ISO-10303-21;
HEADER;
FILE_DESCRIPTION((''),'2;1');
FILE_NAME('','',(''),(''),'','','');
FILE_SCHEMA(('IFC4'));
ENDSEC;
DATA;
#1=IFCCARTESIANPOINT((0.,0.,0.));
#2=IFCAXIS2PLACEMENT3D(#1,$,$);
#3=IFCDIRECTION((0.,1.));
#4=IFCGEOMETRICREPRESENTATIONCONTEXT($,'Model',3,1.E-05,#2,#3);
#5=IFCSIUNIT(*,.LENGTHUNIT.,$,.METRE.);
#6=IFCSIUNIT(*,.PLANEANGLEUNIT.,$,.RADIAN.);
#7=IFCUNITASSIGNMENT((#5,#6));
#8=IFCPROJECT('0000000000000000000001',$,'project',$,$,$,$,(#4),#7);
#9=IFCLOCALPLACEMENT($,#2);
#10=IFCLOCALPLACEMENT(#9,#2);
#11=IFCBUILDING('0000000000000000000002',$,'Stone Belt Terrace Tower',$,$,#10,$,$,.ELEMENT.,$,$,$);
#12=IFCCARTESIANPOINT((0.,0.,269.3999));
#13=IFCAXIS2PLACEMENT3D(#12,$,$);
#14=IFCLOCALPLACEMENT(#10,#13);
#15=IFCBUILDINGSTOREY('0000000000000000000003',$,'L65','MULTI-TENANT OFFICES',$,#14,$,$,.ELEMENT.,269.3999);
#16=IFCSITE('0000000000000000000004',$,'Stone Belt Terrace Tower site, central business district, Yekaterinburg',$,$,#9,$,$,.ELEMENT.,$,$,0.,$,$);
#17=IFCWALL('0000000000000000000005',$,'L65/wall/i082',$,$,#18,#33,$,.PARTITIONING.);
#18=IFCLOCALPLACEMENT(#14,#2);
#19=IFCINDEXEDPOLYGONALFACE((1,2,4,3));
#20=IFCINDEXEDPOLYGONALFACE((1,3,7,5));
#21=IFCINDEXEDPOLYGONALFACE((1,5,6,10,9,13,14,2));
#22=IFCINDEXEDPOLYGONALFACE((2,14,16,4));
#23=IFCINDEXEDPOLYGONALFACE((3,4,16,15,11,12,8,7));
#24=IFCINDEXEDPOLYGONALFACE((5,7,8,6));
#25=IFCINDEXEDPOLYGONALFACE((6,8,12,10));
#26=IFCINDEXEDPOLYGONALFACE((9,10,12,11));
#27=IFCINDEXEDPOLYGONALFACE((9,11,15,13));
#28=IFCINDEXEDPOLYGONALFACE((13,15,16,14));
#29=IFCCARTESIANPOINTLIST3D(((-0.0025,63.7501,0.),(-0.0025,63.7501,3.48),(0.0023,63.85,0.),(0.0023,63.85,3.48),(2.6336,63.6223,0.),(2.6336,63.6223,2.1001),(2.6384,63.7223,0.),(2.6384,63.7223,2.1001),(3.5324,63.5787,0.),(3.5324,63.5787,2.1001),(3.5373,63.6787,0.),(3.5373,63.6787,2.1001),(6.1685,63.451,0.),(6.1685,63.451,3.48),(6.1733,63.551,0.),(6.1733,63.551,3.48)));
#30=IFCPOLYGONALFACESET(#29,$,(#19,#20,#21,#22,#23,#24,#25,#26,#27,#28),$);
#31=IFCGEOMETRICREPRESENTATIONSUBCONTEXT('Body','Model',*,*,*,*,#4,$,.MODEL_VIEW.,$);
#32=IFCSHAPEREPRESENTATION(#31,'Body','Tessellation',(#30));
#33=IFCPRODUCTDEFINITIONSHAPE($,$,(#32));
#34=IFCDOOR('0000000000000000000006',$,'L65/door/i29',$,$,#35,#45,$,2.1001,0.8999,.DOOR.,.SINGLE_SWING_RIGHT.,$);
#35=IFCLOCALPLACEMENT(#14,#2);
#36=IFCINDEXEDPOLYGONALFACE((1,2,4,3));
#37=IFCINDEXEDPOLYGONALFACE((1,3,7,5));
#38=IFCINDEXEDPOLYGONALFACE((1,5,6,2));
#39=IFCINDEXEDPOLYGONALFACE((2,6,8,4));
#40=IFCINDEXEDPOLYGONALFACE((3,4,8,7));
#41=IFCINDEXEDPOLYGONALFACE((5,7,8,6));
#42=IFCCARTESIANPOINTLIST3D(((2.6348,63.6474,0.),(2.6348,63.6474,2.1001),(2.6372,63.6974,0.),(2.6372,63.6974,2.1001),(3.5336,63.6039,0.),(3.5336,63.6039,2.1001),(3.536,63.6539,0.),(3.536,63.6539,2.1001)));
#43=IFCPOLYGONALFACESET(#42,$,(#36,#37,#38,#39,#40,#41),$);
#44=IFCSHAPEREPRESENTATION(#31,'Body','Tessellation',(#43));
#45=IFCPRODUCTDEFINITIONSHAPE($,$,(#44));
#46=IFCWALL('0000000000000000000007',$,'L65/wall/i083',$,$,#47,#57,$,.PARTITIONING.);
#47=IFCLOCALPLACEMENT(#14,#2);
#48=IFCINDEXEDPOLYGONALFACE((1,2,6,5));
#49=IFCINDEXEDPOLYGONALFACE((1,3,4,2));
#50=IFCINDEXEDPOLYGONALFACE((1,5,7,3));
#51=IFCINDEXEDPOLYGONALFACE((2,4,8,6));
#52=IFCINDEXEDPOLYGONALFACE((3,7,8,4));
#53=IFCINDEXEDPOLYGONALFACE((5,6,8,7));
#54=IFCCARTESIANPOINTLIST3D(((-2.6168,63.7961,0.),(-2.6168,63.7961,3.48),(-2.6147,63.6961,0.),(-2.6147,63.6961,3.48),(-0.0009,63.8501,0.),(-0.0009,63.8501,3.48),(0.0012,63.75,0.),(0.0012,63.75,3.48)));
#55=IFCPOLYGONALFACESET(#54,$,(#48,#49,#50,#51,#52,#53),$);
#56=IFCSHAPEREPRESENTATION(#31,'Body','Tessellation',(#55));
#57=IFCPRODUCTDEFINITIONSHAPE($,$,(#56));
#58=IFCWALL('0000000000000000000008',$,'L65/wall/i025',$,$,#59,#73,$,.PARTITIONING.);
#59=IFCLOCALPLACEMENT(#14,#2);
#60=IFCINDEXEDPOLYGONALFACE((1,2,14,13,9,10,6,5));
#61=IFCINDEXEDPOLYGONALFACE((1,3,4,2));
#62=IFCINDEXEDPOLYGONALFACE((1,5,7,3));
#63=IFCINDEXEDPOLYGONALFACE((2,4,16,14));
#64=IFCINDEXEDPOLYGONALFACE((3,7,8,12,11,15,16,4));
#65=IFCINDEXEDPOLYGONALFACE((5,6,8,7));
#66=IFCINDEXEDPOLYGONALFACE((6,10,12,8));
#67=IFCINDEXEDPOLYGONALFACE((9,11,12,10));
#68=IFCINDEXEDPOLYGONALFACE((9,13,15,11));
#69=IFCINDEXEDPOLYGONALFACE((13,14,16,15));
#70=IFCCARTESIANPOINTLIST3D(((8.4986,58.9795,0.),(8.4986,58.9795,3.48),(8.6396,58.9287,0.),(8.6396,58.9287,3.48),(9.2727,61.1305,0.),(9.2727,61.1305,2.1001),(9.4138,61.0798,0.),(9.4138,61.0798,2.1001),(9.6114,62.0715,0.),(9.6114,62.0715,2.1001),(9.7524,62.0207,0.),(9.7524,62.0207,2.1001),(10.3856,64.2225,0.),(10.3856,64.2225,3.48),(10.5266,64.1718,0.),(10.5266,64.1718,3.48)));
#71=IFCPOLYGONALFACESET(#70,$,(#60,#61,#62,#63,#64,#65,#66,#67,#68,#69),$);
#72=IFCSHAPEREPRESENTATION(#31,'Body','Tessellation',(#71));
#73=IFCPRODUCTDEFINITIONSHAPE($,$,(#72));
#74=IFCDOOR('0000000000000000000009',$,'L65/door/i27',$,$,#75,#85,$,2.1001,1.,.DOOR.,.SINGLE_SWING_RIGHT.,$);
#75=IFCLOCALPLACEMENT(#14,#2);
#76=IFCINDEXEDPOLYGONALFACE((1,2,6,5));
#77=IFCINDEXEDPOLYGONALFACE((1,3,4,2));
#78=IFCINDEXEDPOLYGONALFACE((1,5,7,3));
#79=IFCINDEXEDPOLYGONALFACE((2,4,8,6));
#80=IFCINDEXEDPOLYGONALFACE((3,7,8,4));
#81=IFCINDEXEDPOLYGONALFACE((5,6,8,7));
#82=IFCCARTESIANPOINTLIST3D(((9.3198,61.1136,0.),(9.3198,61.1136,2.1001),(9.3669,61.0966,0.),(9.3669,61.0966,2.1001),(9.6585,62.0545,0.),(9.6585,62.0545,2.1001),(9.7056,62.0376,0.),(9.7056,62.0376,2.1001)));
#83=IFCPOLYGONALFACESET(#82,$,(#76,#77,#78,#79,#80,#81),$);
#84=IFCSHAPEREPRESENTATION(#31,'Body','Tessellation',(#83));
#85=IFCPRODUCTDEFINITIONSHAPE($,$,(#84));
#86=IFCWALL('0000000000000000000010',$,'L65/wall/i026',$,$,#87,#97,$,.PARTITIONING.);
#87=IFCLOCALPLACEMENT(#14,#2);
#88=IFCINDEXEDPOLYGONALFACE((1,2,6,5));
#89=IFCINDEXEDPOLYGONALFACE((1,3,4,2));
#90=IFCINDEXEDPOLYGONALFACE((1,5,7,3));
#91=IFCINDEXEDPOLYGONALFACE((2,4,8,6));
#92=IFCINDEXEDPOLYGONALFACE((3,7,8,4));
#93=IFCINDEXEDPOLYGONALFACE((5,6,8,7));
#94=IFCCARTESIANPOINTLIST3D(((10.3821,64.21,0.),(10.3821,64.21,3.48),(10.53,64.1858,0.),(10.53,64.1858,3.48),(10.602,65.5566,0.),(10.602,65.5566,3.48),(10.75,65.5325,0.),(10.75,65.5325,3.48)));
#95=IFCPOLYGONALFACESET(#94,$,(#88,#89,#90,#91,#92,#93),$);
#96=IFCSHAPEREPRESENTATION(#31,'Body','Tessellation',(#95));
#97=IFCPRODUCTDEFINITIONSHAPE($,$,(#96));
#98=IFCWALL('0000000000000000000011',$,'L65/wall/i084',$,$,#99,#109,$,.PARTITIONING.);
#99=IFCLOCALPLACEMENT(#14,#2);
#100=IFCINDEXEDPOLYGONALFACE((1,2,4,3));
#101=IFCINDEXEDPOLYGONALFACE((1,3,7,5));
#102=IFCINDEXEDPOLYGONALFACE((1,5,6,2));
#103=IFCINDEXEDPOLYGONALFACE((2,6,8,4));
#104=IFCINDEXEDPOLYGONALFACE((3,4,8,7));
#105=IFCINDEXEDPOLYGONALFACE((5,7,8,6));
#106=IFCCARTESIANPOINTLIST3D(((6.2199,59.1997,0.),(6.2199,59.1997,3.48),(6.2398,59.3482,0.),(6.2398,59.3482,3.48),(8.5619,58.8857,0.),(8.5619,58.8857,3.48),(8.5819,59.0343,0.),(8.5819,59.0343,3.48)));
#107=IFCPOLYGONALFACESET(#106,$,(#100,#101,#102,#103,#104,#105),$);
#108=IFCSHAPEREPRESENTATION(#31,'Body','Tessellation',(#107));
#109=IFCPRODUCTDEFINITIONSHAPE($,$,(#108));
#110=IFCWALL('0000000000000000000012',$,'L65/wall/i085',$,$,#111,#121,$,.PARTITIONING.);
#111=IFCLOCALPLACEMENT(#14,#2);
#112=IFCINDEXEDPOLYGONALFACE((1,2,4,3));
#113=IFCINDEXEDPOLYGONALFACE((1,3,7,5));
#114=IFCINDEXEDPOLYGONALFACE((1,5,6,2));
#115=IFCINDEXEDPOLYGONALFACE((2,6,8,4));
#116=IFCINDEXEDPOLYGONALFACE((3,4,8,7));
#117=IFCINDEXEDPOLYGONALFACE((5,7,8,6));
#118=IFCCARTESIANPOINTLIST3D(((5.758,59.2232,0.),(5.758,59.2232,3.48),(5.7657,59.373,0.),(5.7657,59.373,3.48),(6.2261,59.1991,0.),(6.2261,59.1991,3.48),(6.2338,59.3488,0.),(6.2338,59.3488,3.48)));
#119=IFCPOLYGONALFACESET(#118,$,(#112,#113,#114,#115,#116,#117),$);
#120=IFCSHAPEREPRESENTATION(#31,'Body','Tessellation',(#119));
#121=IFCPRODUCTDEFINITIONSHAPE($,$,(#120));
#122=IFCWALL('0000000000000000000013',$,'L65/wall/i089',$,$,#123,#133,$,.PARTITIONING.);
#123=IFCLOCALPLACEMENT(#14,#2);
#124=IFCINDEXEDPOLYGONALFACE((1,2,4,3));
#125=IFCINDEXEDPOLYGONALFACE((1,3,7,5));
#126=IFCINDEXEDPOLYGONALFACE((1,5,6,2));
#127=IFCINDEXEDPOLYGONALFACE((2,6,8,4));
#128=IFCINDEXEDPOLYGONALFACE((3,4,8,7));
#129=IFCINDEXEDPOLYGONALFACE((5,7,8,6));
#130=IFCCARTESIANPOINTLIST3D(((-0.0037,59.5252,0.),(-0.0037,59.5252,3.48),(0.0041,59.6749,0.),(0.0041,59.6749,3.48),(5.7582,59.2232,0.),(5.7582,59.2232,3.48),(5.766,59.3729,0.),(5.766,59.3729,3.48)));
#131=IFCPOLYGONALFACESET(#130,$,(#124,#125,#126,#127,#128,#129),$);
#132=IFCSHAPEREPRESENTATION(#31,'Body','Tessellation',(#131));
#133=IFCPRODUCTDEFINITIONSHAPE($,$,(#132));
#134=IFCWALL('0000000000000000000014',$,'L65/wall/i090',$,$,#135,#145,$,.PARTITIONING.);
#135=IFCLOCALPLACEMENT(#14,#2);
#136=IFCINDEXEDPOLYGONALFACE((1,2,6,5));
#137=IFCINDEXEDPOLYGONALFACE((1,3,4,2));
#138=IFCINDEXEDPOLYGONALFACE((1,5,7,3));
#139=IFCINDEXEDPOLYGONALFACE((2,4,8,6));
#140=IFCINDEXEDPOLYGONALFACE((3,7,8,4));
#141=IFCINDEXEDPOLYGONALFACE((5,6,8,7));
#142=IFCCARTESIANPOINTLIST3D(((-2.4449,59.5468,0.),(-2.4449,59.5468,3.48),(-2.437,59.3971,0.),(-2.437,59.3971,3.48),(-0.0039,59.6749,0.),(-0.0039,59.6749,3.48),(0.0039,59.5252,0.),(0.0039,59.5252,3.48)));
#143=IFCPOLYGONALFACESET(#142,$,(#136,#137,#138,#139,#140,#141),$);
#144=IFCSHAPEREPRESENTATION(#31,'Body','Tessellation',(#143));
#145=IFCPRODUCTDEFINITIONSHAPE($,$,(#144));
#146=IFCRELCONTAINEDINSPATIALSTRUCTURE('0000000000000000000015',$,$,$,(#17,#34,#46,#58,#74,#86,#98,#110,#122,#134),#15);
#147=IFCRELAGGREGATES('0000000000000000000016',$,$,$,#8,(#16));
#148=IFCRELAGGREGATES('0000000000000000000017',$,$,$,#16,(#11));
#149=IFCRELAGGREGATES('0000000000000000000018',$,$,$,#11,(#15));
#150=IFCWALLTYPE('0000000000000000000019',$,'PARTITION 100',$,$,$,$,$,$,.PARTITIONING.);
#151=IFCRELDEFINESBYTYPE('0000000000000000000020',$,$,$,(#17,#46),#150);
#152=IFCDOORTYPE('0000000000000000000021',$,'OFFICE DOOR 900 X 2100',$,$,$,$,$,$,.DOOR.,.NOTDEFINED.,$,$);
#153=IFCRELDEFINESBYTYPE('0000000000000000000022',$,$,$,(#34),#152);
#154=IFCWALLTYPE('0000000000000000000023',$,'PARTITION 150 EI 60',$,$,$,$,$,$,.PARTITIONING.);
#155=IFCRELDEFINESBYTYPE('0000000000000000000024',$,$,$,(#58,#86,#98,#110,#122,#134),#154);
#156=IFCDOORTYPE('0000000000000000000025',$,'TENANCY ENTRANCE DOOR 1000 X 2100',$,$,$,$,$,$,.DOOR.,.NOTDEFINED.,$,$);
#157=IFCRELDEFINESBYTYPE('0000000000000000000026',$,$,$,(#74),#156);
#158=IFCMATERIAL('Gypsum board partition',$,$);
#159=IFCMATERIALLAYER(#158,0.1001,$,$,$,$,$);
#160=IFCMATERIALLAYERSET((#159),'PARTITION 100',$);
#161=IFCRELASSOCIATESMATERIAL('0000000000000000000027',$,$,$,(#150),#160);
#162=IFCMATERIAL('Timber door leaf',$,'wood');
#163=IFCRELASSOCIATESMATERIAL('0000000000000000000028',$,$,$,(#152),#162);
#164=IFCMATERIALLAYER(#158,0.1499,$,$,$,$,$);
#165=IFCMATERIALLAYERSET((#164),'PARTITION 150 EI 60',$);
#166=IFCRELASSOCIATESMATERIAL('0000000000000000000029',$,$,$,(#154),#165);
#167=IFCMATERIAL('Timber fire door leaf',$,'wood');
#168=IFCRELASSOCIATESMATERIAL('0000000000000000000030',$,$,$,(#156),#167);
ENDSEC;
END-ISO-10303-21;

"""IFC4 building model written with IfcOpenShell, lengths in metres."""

from ifc_helpers import new_model, si_unit, direction, frame, frame_2d, origin, place, context, subcontext, project, spatial, rectangle, extrude, material, layer, layer_set, type_object, element, fill, save


model = new_model("IFC4")

# Units and contexts
model_context = context("Model", 3, precision=1e-05, world=origin(), true_north=direction((0.0, 1.0)))
body_context = subcontext(model_context, "Body", "Model", "MODEL_VIEW")
ifc_project = project(units=[si_unit("LENGTHUNIT", "METRE"), si_unit("PLANEANGLEUNIT", "RADIAN")], contexts=[model_context])

# Site, building, storey
site_placement = place(None, origin())
site = spatial("IfcSite", under=ifc_project, at=site_placement, Name="Stone Belt Terrace Tower site, central business district, Yekaterinburg", CompositionType="ELEMENT", RefElevation=0.0)
building_placement = place(site_placement, origin())
building = spatial("IfcBuilding", under=site, at=building_placement, Name="Stone Belt Terrace Tower", CompositionType="ELEMENT")
storey_placement = place(building_placement, frame((0.0, 0.0, 269.3999)))
storey = spatial("IfcBuildingStorey", under=building, at=storey_placement, Name="L65", Description="MULTI-TENANT OFFICES", CompositionType="ELEMENT", Elevation=269.3999)

# Shared definitions
ifc_material_1 = material(Name="Gypsum board partition")
ifc_layer_1 = layer(ifc_material_1, 0.1001)
ifc_layer_set_1 = layer_set([ifc_layer_1], Name="PARTITION 100")
wall_type_1 = type_object("IfcWallType", Name="PARTITION 100", PredefinedType="PARTITIONING", material=ifc_layer_set_1)

# Wall, opening, door
wall_1_placement = place(storey_placement, frame((6.1709, 63.501, 0.0), z_axis=(0.0, 0.0, 1.0), x_axis=(-0.998828, 0.048408, 0.0)))
wall_1 = element("IfcWall", 1, at=wall_1_placement, inside=storey, type_object=wall_type_1, Name="L65/wall/i082", PredefinedType="PARTITIONING", context=body_context, shape_type="SweptSolid", body=[
    extrude(rectangle(XDim=6.1782, YDim=0.1001, at=frame_2d((3.0891, 0.0))), origin(), (0.0, 0.0, 1.0), 3.48),
])
opening_1_placement = place(wall_1_placement, frame((2.6392, 0.0, 0.0)))
opening_1 = element("IfcOpeningElement", 2, at=opening_1_placement, cuts=wall_1, PredefinedType="OPENING", context=body_context, shape_type="SweptSolid", body=[
    extrude(rectangle(XDim=0.8999, YDim=2.1001, at=frame_2d((0.45, 1.05))), frame((0.0, 0.0601, 0.0), z_axis=(0.0, -1.0, 0.0), x_axis=(1.0, 0.0, 0.0)), (0.0, 0.0, 1.0), 0.1201),
])
ifc_material_2 = material(Name="Timber door leaf", Category="wood")
door_type_1 = type_object("IfcDoorType", Name="OFFICE DOOR 900 X 2100", OperationType="NOTDEFINED", PredefinedType="DOOR", material=ifc_material_2)
door_1_placement = place(opening_1_placement, origin())
door_1 = element("IfcDoor", 3, at=door_1_placement, inside=storey, type_object=door_type_1, Name="L65/door/i29", OperationType="SINGLE_SWING_RIGHT", OverallHeight=2.1001, OverallWidth=0.8999, PredefinedType="DOOR", context=body_context, shape_type="SweptSolid", body=[
    extrude(rectangle(XDim=0.8999, YDim=2.1001, at=frame_2d((0.45, 1.05))), frame((0.0, 0.0249, 0.0), z_axis=(0.0, -1.0, 0.0), x_axis=(1.0, 0.0, 0.0)), (0.0, 0.0, 1.0), 0.05),
])
fill(opening_1, door_1)

# Wall
wall_2_placement = place(storey_placement, frame((0.0, 63.8, 0.0), z_axis=(0.0, 0.0, 1.0), x_axis=(-0.999787, -0.020621, 0.0)))
element("IfcWall", 4, at=wall_2_placement, inside=storey, type_object=wall_type_1, Name="L65/wall/i083", PredefinedType="PARTITIONING", context=body_context, shape_type="SweptSolid", body=[
    extrude(rectangle(XDim=2.6165, YDim=0.1001, at=frame_2d((1.3081, 0.0))), origin(), (0.0, 0.0, 1.0), 3.48),
])

# Wall, opening, door
ifc_layer_2 = layer(ifc_material_1, 0.1499)
ifc_layer_set_2 = layer_set([ifc_layer_2], Name="PARTITION 150 EI 60")
wall_type_2 = type_object("IfcWallType", Name="PARTITION 150 EI 60", PredefinedType="PARTITIONING", material=ifc_layer_set_2)
wall_3_placement = place(storey_placement, frame((8.5691, 58.9541, 0.0), z_axis=(0.0, 0.0, 1.0), x_axis=(0.338642, 0.940915, 0.0)))
wall_3 = element("IfcWall", 5, at=wall_3_placement, inside=storey, type_object=wall_type_2, Name="L65/wall/i025", PredefinedType="PARTITIONING", context=body_context, shape_type="SweptSolid", body=[
    extrude(rectangle(XDim=5.5723, YDim=0.1499, at=frame_2d((2.7861, 0.0))), origin(), (0.0, 0.0, 1.0), 3.48),
])
opening_2_placement = place(wall_3_placement, frame((2.2861, 0.0, 0.0)))
opening_2 = element("IfcOpeningElement", 6, at=opening_2_placement, cuts=wall_3, PredefinedType="OPENING", context=body_context, shape_type="SweptSolid", body=[
    extrude(rectangle(XDim=1.0, YDim=2.1001, at=frame_2d((0.5, 1.05))), frame((0.0, 0.085, 0.0), z_axis=(0.0, -1.0, 0.0), x_axis=(1.0, 0.0, 0.0)), (0.0, 0.0, 1.0), 0.1699),
])
ifc_material_3 = material(Name="Timber fire door leaf", Category="wood")
door_type_2 = type_object("IfcDoorType", Name="TENANCY ENTRANCE DOOR 1000 X 2100", OperationType="NOTDEFINED", PredefinedType="DOOR", material=ifc_material_3)
door_2_placement = place(opening_2_placement, origin())
door_2 = element("IfcDoor", 7, at=door_2_placement, inside=storey, type_object=door_type_2, Name="L65/door/i27", OperationType="SINGLE_SWING_RIGHT", OverallHeight=2.1001, OverallWidth=1.0, PredefinedType="DOOR", context=body_context, shape_type="SweptSolid", body=[
    extrude(rectangle(XDim=1.0, YDim=2.1001, at=frame_2d((0.5, 1.05))), frame((0.0, 0.0249, 0.0), z_axis=(0.0, -1.0, 0.0), x_axis=(1.0, 0.0, 0.0)), (0.0, 0.0, 1.0), 0.05),
])
fill(opening_2, door_2)

# Walls
wall_4_placement = place(storey_placement, frame((10.4561, 64.198, 0.0), z_axis=(0.0, 0.0, 1.0), x_axis=(0.161207, 0.986921, 0.0)))
element("IfcWall", 8, at=wall_4_placement, inside=storey, type_object=wall_type_2, Name="L65/wall/i026", PredefinedType="PARTITIONING", context=body_context, shape_type="SweptSolid", body=[
    extrude(rectangle(XDim=1.3645, YDim=0.1499, at=frame_2d((0.6821, 0.0))), origin(), (0.0, 0.0, 1.0), 3.48),
])
wall_5_placement = place(storey_placement, frame((8.572, 58.96, 0.0), z_axis=(0.0, 0.0, 1.0), x_axis=(-0.991134, 0.132868, 0.0)))
element("IfcWall", 9, at=wall_5_placement, inside=storey, type_object=wall_type_2, Name="L65/wall/i084", PredefinedType="PARTITIONING", context=body_context, shape_type="SweptSolid", body=[
    extrude(rectangle(XDim=2.363, YDim=0.1499, at=frame_2d((1.1816, 0.0))), origin(), (0.0, 0.0, 1.0), 3.48),
])
wall_6_placement = place(storey_placement, frame((6.23, 59.2739, 0.0), z_axis=(0.0, 0.0, 1.0), x_axis=(-0.998669, 0.051574, 0.0)))
element("IfcWall", 10, at=wall_6_placement, inside=storey, type_object=wall_type_2, Name="L65/wall/i085", PredefinedType="PARTITIONING", context=body_context, shape_type="SweptSolid", body=[
    extrude(rectangle(XDim=0.4688, YDim=0.1499, at=frame_2d((0.2344, 0.0))), origin(), (0.0, 0.0, 1.0), 3.48),
])
wall_7_placement = place(storey_placement, frame((5.762, 59.2981, 0.0), z_axis=(0.0, 0.0, 1.0), x_axis=(-0.998629, 0.052341, 0.0)))
element("IfcWall", 11, at=wall_7_placement, inside=storey, type_object=wall_type_2, Name="L65/wall/i089", PredefinedType="PARTITIONING", context=body_context, shape_type="SweptSolid", body=[
    extrude(rectangle(XDim=5.7698, YDim=0.1499, at=frame_2d((2.8848, 0.0))), origin(), (0.0, 0.0, 1.0), 3.48),
])
wall_8_placement = place(storey_placement, frame((0.0, 59.6001, 0.0), z_axis=(0.0, 0.0, 1.0), x_axis=(-0.998624, -0.052438, 0.0)))
element("IfcWall", 12, at=wall_8_placement, inside=storey, type_object=wall_type_2, Name="L65/wall/i090", PredefinedType="PARTITIONING", context=body_context, shape_type="SweptSolid", body=[
    extrude(rectangle(XDim=2.4443, YDim=0.1499, at=frame_2d((1.2222, 0.0))), origin(), (0.0, 0.0, 1.0), 3.48),
])

save(model, "model.ifc")
